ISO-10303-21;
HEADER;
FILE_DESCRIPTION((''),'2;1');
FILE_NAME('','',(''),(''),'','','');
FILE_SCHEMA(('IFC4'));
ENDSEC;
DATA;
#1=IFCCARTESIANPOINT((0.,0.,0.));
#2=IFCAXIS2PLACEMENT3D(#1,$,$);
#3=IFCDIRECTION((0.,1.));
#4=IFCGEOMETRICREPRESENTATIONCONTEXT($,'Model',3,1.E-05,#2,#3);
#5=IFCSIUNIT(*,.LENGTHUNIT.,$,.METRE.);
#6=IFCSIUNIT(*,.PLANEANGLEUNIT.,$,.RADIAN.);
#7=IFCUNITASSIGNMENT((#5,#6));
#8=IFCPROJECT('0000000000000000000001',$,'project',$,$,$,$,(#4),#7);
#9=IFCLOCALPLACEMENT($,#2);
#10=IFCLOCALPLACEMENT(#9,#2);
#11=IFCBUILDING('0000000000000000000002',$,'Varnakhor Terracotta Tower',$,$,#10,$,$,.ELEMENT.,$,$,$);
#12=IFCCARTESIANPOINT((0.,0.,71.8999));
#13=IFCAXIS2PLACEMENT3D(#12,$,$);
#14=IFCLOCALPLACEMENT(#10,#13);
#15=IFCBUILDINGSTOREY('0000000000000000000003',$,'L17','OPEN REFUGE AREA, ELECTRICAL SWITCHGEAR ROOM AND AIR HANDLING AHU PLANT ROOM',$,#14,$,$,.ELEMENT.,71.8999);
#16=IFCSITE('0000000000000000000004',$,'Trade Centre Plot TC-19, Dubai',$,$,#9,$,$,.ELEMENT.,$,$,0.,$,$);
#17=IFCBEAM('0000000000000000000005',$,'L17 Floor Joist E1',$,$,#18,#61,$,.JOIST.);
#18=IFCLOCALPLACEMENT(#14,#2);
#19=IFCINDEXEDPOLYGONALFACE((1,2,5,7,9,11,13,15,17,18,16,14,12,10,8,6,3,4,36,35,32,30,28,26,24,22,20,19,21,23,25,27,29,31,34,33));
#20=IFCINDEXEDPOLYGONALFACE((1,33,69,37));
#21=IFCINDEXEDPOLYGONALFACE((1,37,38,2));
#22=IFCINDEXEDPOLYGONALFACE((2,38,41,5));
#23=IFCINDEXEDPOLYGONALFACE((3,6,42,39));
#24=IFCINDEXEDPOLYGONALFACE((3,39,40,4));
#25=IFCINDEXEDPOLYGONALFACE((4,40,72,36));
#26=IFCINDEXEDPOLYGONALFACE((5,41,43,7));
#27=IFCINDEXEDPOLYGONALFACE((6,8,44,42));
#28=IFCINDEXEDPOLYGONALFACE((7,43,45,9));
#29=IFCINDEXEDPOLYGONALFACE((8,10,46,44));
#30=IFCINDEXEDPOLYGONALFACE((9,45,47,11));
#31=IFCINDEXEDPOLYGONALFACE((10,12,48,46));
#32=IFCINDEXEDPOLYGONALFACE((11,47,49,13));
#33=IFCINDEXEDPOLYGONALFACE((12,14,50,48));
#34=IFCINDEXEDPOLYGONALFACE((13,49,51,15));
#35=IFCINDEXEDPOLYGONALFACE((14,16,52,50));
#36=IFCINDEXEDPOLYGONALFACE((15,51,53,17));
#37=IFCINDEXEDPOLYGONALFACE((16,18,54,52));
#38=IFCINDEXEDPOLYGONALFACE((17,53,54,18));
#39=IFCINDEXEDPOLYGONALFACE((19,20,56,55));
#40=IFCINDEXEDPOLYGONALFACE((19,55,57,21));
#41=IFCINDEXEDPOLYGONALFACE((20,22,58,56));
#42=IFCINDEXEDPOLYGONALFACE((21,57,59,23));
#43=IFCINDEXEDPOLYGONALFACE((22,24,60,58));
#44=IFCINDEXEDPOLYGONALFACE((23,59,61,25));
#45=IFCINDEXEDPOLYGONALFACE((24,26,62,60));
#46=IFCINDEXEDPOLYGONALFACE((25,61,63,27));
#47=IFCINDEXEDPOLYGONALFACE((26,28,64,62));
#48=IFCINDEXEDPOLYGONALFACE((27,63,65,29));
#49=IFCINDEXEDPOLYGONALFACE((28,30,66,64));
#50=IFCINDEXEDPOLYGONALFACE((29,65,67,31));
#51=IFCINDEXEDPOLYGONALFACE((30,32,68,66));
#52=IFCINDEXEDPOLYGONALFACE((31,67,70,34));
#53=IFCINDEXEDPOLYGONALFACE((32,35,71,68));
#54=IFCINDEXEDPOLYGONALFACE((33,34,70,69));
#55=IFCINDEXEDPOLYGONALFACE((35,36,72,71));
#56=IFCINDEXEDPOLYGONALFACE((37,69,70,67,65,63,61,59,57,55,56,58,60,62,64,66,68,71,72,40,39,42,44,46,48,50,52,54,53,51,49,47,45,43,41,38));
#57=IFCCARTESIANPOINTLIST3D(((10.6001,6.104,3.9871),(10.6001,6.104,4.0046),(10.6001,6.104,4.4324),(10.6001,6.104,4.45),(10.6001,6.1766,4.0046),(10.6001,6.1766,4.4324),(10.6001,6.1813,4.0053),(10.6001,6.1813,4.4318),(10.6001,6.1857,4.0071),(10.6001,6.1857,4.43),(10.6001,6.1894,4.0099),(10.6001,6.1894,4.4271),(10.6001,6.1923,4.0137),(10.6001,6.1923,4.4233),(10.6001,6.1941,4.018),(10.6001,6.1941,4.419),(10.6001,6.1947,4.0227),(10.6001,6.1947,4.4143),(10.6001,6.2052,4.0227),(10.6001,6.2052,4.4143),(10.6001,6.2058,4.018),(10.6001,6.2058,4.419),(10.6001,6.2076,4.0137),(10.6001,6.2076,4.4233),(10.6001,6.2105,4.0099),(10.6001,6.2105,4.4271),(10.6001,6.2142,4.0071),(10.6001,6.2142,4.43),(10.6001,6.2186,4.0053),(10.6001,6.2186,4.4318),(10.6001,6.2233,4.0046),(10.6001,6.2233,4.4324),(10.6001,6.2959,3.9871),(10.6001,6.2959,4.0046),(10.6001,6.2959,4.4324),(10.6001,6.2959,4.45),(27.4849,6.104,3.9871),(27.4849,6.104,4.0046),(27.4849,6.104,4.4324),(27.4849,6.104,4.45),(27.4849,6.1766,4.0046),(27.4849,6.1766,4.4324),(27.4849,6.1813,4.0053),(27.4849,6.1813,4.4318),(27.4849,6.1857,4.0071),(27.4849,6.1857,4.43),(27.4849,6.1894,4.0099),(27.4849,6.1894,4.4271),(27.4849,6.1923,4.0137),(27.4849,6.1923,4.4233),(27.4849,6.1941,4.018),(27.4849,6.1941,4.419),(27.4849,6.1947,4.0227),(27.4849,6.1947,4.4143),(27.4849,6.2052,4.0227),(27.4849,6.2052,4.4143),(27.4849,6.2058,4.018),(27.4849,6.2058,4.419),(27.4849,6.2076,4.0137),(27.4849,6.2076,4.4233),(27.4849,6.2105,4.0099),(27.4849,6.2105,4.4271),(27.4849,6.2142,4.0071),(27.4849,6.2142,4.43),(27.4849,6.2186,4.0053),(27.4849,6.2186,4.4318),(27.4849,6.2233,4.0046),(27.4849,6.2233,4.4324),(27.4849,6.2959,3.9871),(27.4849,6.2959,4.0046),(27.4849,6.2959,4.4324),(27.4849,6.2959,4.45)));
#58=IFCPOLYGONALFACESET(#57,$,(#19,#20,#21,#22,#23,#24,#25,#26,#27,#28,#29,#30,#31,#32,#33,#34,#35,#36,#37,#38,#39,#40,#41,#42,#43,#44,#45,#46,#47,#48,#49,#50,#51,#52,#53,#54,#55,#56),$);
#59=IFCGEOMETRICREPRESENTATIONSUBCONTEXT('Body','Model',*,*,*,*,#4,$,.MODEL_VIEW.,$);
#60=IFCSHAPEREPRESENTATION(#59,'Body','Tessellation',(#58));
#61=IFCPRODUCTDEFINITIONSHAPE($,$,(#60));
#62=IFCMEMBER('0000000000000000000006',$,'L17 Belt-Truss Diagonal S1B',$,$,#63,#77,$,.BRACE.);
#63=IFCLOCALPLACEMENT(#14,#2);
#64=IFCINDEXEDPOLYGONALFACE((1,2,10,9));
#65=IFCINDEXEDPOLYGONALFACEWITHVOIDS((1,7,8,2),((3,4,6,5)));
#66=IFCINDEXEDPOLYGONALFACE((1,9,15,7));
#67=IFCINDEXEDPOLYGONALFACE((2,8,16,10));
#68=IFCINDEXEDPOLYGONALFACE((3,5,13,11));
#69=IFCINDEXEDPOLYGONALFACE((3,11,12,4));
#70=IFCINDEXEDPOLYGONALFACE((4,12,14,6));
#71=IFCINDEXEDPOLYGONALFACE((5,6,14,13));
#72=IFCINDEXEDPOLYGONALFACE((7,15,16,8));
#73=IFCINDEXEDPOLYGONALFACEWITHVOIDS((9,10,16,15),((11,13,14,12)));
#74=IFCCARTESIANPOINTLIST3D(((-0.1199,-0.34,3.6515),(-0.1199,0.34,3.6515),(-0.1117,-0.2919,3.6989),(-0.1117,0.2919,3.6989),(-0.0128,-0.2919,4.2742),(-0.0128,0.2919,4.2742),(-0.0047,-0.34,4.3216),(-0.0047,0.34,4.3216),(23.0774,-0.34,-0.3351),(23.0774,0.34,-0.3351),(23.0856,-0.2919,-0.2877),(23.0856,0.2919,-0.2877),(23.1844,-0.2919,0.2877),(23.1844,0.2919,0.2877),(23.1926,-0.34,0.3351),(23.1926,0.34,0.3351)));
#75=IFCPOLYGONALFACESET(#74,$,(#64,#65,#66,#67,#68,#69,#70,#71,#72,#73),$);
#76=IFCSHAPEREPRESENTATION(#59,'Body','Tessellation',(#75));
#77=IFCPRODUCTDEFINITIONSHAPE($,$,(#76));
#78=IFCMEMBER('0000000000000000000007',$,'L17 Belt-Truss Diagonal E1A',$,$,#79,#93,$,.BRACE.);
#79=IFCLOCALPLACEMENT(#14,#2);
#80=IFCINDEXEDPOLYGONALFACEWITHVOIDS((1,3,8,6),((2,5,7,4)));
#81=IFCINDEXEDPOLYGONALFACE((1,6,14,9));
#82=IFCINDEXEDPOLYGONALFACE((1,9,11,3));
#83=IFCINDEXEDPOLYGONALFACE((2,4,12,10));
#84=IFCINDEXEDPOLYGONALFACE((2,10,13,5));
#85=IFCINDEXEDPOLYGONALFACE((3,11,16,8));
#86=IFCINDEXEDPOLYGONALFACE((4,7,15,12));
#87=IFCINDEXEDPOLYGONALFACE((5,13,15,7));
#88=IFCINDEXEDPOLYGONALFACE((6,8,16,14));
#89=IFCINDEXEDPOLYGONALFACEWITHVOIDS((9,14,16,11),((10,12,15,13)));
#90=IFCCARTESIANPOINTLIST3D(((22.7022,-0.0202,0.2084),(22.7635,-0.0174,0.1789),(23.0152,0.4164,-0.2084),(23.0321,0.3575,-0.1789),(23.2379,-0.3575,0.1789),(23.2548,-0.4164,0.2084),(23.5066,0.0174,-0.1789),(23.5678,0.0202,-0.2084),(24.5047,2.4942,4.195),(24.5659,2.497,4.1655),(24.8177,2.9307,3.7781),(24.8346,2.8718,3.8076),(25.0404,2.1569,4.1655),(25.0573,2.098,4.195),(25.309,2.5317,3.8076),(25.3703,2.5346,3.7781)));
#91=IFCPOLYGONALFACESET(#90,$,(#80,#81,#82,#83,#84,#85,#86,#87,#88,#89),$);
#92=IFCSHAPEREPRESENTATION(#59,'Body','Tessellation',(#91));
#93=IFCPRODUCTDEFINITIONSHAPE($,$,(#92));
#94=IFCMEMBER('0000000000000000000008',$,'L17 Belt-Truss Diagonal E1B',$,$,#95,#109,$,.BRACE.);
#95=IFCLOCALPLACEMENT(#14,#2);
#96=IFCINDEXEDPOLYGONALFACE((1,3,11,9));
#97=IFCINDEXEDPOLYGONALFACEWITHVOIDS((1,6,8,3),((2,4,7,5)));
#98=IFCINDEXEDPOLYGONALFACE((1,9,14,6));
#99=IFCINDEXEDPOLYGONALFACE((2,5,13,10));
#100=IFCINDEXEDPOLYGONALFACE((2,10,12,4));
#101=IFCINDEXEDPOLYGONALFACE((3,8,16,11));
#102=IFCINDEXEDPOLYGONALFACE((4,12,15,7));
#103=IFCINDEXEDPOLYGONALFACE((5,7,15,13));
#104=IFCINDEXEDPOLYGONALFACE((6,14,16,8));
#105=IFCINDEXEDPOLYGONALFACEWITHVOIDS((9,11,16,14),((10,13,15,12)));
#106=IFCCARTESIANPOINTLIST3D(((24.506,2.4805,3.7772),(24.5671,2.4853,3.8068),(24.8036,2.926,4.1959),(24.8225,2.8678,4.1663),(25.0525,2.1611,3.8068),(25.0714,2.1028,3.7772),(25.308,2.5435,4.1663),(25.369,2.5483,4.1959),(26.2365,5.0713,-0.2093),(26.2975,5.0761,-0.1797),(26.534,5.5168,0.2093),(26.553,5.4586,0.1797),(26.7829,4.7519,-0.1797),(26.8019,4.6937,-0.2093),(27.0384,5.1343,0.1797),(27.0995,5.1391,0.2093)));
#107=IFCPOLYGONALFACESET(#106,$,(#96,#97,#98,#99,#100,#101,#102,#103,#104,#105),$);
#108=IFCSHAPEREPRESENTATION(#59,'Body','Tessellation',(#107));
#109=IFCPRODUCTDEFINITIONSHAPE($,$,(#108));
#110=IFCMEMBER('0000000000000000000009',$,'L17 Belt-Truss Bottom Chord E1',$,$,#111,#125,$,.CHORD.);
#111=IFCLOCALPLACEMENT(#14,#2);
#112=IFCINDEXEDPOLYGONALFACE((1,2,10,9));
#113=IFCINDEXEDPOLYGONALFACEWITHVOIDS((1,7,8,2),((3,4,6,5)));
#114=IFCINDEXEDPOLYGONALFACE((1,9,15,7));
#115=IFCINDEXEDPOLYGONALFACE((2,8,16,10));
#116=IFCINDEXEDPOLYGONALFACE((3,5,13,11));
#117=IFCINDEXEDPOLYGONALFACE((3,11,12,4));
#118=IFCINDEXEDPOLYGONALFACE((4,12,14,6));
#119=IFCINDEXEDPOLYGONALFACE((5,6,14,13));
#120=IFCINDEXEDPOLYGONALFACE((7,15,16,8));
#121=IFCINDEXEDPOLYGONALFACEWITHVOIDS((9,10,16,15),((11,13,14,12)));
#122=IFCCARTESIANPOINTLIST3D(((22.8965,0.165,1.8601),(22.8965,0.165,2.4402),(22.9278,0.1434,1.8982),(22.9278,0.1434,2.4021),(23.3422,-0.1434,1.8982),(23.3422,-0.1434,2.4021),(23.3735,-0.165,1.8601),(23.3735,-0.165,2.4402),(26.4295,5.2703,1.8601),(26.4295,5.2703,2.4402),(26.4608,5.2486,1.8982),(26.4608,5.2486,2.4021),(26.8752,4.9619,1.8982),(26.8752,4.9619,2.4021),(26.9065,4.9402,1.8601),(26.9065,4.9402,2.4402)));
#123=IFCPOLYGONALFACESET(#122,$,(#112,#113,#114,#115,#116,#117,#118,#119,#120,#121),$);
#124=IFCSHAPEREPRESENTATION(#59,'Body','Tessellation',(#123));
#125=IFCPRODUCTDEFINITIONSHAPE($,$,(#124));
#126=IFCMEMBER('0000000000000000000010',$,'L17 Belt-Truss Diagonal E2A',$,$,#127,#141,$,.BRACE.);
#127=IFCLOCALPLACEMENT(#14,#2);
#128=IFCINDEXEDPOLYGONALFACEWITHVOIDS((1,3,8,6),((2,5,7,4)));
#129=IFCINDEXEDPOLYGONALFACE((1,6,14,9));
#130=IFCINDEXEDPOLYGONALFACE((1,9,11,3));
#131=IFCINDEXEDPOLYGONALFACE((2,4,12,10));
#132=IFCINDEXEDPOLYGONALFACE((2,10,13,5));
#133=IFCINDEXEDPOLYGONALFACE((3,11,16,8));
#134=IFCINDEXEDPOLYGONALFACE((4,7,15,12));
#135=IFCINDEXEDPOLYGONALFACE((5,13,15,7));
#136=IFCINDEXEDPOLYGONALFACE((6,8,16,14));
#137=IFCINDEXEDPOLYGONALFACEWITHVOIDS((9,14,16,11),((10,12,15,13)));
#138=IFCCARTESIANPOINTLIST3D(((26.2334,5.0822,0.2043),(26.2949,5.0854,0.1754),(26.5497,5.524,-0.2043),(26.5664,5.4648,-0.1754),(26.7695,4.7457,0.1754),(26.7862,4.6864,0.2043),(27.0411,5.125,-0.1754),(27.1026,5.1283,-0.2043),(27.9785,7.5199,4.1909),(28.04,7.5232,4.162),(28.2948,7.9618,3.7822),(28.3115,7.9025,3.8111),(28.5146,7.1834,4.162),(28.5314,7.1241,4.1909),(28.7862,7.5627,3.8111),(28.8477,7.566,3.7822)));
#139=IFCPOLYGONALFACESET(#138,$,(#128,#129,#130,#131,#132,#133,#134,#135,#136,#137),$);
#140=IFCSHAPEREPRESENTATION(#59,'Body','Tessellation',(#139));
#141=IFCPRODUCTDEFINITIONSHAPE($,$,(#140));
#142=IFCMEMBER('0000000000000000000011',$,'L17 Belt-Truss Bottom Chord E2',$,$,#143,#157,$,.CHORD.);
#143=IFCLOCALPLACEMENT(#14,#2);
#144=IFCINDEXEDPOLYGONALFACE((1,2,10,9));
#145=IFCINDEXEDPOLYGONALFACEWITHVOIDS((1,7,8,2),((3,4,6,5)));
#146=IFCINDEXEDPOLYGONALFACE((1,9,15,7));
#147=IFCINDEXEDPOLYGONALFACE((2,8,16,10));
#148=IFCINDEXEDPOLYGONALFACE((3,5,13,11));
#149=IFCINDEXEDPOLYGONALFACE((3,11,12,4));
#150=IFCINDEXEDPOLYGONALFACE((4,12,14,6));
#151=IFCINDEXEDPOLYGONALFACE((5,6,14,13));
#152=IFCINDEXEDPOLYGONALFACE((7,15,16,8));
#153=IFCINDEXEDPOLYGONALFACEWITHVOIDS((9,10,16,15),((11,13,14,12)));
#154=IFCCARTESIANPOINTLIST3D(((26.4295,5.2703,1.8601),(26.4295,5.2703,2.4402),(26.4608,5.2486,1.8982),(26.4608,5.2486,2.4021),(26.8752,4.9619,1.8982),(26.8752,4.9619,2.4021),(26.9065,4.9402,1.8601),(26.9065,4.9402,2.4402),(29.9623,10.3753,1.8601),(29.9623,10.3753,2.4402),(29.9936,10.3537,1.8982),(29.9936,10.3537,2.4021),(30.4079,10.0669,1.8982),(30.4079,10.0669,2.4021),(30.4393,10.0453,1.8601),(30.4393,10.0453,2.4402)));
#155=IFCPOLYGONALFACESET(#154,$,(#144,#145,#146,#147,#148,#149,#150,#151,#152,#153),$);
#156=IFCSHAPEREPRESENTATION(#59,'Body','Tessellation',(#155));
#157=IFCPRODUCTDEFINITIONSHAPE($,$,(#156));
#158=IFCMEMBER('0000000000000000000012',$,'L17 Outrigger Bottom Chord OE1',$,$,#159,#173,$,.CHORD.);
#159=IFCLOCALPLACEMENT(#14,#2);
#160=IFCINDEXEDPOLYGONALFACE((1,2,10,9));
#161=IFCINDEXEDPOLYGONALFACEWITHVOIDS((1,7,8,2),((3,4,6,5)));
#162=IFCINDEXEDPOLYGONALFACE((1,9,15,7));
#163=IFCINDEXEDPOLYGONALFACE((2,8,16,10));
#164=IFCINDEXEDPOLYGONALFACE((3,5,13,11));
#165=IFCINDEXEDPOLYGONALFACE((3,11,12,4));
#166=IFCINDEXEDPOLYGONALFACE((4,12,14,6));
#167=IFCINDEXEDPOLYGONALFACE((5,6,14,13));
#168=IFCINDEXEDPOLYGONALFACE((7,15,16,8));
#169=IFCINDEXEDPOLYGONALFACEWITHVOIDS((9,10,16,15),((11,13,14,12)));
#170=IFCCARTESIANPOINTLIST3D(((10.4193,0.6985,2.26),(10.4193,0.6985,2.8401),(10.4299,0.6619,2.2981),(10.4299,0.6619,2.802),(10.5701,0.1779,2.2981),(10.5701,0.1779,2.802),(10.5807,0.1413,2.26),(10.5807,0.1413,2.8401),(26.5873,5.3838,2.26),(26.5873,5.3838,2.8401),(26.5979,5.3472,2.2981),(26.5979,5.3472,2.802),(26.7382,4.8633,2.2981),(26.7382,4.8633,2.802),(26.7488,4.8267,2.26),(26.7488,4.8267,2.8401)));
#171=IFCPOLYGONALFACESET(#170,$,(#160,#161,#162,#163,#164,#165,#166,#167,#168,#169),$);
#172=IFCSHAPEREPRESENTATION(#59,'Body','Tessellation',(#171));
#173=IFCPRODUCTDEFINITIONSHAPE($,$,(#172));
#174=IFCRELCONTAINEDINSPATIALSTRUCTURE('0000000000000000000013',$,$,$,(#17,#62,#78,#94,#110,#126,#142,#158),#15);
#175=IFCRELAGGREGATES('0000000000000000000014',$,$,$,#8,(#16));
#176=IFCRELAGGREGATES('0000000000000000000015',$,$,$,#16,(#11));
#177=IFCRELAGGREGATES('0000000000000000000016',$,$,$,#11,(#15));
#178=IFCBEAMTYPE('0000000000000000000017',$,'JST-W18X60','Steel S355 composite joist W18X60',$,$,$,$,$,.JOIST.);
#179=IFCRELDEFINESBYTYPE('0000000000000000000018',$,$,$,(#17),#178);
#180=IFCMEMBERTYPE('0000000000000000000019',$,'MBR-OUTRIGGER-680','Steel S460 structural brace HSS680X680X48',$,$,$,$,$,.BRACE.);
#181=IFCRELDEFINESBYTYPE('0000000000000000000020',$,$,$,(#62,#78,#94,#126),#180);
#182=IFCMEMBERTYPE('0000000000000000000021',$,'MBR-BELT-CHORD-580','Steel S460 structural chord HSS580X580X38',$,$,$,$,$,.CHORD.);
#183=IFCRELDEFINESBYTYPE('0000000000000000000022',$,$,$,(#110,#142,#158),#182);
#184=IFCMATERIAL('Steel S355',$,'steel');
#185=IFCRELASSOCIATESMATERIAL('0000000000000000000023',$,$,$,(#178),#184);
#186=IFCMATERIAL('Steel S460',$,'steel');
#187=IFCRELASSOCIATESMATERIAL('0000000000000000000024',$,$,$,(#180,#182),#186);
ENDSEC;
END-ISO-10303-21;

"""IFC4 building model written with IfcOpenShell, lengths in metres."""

from ifc_helpers import new_model, si_unit, direction, frame, origin, origin_2d, place, context, subcontext, project, spatial, hollow_rectangle, i_section, extrude, source, transform, mapped, material, material_profile, profile_set, type_object, element, save


model = new_model("IFC4")

# Units and contexts
model_context = context("Model", 3, precision=1e-05, world=origin(), true_north=direction((0.0, 1.0)))
body_context = subcontext(model_context, "Body", "Model", "MODEL_VIEW")
ifc_project = project(units=[si_unit("LENGTHUNIT", "METRE"), si_unit("PLANEANGLEUNIT", "RADIAN")], contexts=[model_context])

# Site, building, storey
site_placement = place(None, origin())
site = spatial("IfcSite", under=ifc_project, at=site_placement, Name="Trade Centre Plot TC-19, Dubai", CompositionType="ELEMENT", RefElevation=0.0)
building_placement = place(site_placement, origin())
building = spatial("IfcBuilding", under=site, at=building_placement, Name="Varnakhor Terracotta Tower", CompositionType="ELEMENT")
storey_placement = place(building_placement, frame((0.0, 0.0, 71.8999)))
storey = spatial("IfcBuildingStorey", under=building, at=storey_placement, Name="L17", Description="OPEN REFUGE AREA, ELECTRICAL SWITCHGEAR ROOM AND AIR HANDLING AHU PLANT ROOM", CompositionType="ELEMENT", Elevation=71.8999)

# Shared definitions
ifc_material_1 = material(Name="Steel S460", Category="steel")

# Beam
ifc_material_2 = material(Name="Steel S355", Category="steel")
ifc_material_profile_1 = material_profile(ifc_material_2, i_section(OverallWidth=0.1919, OverallDepth=0.4629, WebThickness=0.0105, FlangeThickness=0.0176, FilletRadius=0.0181, at=origin_2d()), Name="W18X60")
ifc_profile_set_1 = profile_set([ifc_material_profile_1], Name="Steel S355")
beam_type_1 = type_object("IfcBeamType", Name="JST-W18X60", Description="Steel S355 composite joist W18X60", PredefinedType="JOIST", material=ifc_profile_set_1)
shared_shape_1 = source(origin(), body_context, "Body", "SweptSolid", [
    extrude(i_section(OverallWidth=0.1919, OverallDepth=0.4629, WebThickness=0.0105, FlangeThickness=0.0176, FilletRadius=0.0181, at=origin_2d()), origin(), (0.0, 0.0, 1.0), 16.8848),
])
beam_1_placement = place(storey_placement, frame((10.6001, 6.2, 4.2185), z_axis=(1.0, 0.0, 0.0), x_axis=(0.0, 1.0, 0.0)))
element("IfcBeam", 1, at=beam_1_placement, inside=storey, type_object=beam_type_1, Name="L17 Floor Joist E1", PredefinedType="JOIST", context=body_context, shape_type="MappedRepresentation", body=[
    mapped(shared_shape_1, transform((0.0, 0.0, 0.0), scale=1.0)),
])

# Members
ifc_material_profile_2 = material_profile(ifc_material_1, hollow_rectangle(XDim=0.6799, YDim=0.6799, WallThickness=0.0481, at=origin_2d()), Name="HSS680X680X48")
ifc_profile_set_2 = profile_set([ifc_material_profile_2], Name="Steel S460")
member_type_1 = type_object("IfcMemberType", Name="MBR-OUTRIGGER-680", Description="Steel S460 structural brace HSS680X680X48", PredefinedType="BRACE", material=ifc_profile_set_2)
shared_shape_2 = source(origin(), body_context, "Body", "SweptSolid", [
    extrude(hollow_rectangle(XDim=0.6799, YDim=0.6799, WallThickness=0.0481, at=origin_2d()), origin(), (0.0, 0.0, 1.0), 23.5374),
])
member_1_placement = place(storey_placement, frame((23.135, 0.0, 0.0), z_axis=(-0.985552, 0.0, 0.169372), x_axis=(0.0, -1.0, 0.0)))
element("IfcMember", 2, at=member_1_placement, inside=storey, type_object=member_type_1, Name="L17 Belt-Truss Diagonal S1B", PredefinedType="BRACE", context=body_context, shape_type="MappedRepresentation", body=[
    mapped(shared_shape_2, transform((0.0, 0.0, 0.0), scale=1.0)),
])
shared_shape_3 = source(origin(), body_context, "Body", "SweptSolid", [
    extrude(hollow_rectangle(XDim=0.6799, YDim=0.6799, WallThickness=0.0481, at=origin_2d()), origin(), (0.0, 0.0, 1.0), 5.0461),
])
member_2_placement = place(storey_placement, frame((23.135, 0.0, 0.0), z_axis=(0.357199, 0.498279, 0.790017), x_axis=(-0.812741, 0.582626, 0.0)))
element("IfcMember", 3, at=member_2_placement, inside=storey, type_object=member_type_1, Name="L17 Belt-Truss Diagonal E1A", PredefinedType="BRACE", context=body_context, shape_type="MappedRepresentation", body=[
    mapped(shared_shape_3, transform((0.0, 0.0, 0.0), scale=1.0)),
])
shared_shape_4 = source(origin(), body_context, "Body", "SweptSolid", [
    extrude(hollow_rectangle(XDim=0.6799, YDim=0.6799, WallThickness=0.0481, at=origin_2d()), origin(), (0.0, 0.0, 1.0), 5.0596),
])
member_3_placement = place(storey_placement, frame((26.668, 5.1052, 0.0), z_axis=(-0.342016, -0.51206, 0.787921), x_axis=(0.831568, -0.555423, 0.0)))
element("IfcMember", 4, at=member_3_placement, inside=storey, type_object=member_type_1, Name="L17 Belt-Truss Diagonal E1B", PredefinedType="BRACE", context=body_context, shape_type="MappedRepresentation", body=[
    mapped(shared_shape_4, transform((0.0, 0.0, 0.0), scale=1.0)),
])
ifc_material_profile_3 = material_profile(ifc_material_1, hollow_rectangle(XDim=0.5801, YDim=0.5801, WallThickness=0.0381, at=origin_2d()), Name="HSS580X580X38")
ifc_profile_set_3 = profile_set([ifc_material_profile_3], Name="Steel S460")
member_type_2 = type_object("IfcMemberType", Name="MBR-BELT-CHORD-580", Description="Steel S460 structural chord HSS580X580X38", PredefinedType="CHORD", material=ifc_profile_set_3)
shared_shape_5 = source(origin(), body_context, "Body", "SweptSolid", [
    extrude(hollow_rectangle(XDim=0.5801, YDim=0.5801, WallThickness=0.0381, at=origin_2d()), origin(), (0.0, 0.0, 1.0), 6.2085),
])
member_4_placement = place(storey_placement, frame((23.135, 0.0, 2.1501), z_axis=(0.569055, 0.8223, 0.0), x_axis=(-0.8223, 0.569055, 0.0)))
element("IfcMember", 5, at=member_4_placement, inside=storey, type_object=member_type_2, Name="L17 Belt-Truss Bottom Chord E1", PredefinedType="CHORD", context=body_context, shape_type="MappedRepresentation", body=[
    mapped(shared_shape_5, transform((0.0, 0.0, 0.0), scale=1.0)),
])
shared_shape_6 = source(origin(), body_context, "Body", "SweptSolid", [
    extrude(hollow_rectangle(XDim=0.6799, YDim=0.6799, WallThickness=0.0481, at=origin_2d()), origin(), (0.0, 0.0, 1.0), 4.988),
])
member_5_placement = place(storey_placement, frame((26.668, 5.1052, 0.0), z_axis=(0.349859, 0.488715, 0.799222), x_axis=(-0.813122, 0.582093, 0.0)))
element("IfcMember", 6, at=member_5_placement, inside=storey, type_object=member_type_1, Name="L17 Belt-Truss Diagonal E2A", PredefinedType="BRACE", context=body_context, shape_type="MappedRepresentation", body=[
    mapped(shared_shape_6, transform((0.0, 0.0, 0.0), scale=1.0)),
])
shared_shape_7 = source(origin(), body_context, "Body", "SweptSolid", [
    extrude(hollow_rectangle(XDim=0.5801, YDim=0.5801, WallThickness=0.0381, at=origin_2d()), origin(), (0.0, 0.0, 1.0), 6.2083),
])
member_6_placement = place(storey_placement, frame((26.668, 5.1052, 2.1501), z_axis=(0.569046, 0.822305, 0.0), x_axis=(-0.822305, 0.569046, 0.0)))
element("IfcMember", 7, at=member_6_placement, inside=storey, type_object=member_type_2, Name="L17 Belt-Truss Bottom Chord E2", PredefinedType="CHORD", context=body_context, shape_type="MappedRepresentation", body=[
    mapped(shared_shape_7, transform((0.0, 0.0, 0.0), scale=1.0)),
])
shared_shape_8 = source(origin(), body_context, "Body", "SweptSolid", [
    extrude(hollow_rectangle(XDim=0.5801, YDim=0.5801, WallThickness=0.0381, at=origin_2d()), origin(), (0.0, 0.0, 1.0), 16.8333),
])
member_7_placement = place(storey_placement, frame((10.5, 0.4199, 2.55), z_axis=(0.960483, 0.278338, 0.0), x_axis=(-0.278338, 0.960483, 0.0)))
element("IfcMember", 8, at=member_7_placement, inside=storey, type_object=member_type_2, Name="L17 Outrigger Bottom Chord OE1", PredefinedType="CHORD", context=body_context, shape_type="MappedRepresentation", body=[
    mapped(shared_shape_8, transform((0.0, 0.0, 0.0), scale=1.0)),
])

save(model, "model.ifc")
